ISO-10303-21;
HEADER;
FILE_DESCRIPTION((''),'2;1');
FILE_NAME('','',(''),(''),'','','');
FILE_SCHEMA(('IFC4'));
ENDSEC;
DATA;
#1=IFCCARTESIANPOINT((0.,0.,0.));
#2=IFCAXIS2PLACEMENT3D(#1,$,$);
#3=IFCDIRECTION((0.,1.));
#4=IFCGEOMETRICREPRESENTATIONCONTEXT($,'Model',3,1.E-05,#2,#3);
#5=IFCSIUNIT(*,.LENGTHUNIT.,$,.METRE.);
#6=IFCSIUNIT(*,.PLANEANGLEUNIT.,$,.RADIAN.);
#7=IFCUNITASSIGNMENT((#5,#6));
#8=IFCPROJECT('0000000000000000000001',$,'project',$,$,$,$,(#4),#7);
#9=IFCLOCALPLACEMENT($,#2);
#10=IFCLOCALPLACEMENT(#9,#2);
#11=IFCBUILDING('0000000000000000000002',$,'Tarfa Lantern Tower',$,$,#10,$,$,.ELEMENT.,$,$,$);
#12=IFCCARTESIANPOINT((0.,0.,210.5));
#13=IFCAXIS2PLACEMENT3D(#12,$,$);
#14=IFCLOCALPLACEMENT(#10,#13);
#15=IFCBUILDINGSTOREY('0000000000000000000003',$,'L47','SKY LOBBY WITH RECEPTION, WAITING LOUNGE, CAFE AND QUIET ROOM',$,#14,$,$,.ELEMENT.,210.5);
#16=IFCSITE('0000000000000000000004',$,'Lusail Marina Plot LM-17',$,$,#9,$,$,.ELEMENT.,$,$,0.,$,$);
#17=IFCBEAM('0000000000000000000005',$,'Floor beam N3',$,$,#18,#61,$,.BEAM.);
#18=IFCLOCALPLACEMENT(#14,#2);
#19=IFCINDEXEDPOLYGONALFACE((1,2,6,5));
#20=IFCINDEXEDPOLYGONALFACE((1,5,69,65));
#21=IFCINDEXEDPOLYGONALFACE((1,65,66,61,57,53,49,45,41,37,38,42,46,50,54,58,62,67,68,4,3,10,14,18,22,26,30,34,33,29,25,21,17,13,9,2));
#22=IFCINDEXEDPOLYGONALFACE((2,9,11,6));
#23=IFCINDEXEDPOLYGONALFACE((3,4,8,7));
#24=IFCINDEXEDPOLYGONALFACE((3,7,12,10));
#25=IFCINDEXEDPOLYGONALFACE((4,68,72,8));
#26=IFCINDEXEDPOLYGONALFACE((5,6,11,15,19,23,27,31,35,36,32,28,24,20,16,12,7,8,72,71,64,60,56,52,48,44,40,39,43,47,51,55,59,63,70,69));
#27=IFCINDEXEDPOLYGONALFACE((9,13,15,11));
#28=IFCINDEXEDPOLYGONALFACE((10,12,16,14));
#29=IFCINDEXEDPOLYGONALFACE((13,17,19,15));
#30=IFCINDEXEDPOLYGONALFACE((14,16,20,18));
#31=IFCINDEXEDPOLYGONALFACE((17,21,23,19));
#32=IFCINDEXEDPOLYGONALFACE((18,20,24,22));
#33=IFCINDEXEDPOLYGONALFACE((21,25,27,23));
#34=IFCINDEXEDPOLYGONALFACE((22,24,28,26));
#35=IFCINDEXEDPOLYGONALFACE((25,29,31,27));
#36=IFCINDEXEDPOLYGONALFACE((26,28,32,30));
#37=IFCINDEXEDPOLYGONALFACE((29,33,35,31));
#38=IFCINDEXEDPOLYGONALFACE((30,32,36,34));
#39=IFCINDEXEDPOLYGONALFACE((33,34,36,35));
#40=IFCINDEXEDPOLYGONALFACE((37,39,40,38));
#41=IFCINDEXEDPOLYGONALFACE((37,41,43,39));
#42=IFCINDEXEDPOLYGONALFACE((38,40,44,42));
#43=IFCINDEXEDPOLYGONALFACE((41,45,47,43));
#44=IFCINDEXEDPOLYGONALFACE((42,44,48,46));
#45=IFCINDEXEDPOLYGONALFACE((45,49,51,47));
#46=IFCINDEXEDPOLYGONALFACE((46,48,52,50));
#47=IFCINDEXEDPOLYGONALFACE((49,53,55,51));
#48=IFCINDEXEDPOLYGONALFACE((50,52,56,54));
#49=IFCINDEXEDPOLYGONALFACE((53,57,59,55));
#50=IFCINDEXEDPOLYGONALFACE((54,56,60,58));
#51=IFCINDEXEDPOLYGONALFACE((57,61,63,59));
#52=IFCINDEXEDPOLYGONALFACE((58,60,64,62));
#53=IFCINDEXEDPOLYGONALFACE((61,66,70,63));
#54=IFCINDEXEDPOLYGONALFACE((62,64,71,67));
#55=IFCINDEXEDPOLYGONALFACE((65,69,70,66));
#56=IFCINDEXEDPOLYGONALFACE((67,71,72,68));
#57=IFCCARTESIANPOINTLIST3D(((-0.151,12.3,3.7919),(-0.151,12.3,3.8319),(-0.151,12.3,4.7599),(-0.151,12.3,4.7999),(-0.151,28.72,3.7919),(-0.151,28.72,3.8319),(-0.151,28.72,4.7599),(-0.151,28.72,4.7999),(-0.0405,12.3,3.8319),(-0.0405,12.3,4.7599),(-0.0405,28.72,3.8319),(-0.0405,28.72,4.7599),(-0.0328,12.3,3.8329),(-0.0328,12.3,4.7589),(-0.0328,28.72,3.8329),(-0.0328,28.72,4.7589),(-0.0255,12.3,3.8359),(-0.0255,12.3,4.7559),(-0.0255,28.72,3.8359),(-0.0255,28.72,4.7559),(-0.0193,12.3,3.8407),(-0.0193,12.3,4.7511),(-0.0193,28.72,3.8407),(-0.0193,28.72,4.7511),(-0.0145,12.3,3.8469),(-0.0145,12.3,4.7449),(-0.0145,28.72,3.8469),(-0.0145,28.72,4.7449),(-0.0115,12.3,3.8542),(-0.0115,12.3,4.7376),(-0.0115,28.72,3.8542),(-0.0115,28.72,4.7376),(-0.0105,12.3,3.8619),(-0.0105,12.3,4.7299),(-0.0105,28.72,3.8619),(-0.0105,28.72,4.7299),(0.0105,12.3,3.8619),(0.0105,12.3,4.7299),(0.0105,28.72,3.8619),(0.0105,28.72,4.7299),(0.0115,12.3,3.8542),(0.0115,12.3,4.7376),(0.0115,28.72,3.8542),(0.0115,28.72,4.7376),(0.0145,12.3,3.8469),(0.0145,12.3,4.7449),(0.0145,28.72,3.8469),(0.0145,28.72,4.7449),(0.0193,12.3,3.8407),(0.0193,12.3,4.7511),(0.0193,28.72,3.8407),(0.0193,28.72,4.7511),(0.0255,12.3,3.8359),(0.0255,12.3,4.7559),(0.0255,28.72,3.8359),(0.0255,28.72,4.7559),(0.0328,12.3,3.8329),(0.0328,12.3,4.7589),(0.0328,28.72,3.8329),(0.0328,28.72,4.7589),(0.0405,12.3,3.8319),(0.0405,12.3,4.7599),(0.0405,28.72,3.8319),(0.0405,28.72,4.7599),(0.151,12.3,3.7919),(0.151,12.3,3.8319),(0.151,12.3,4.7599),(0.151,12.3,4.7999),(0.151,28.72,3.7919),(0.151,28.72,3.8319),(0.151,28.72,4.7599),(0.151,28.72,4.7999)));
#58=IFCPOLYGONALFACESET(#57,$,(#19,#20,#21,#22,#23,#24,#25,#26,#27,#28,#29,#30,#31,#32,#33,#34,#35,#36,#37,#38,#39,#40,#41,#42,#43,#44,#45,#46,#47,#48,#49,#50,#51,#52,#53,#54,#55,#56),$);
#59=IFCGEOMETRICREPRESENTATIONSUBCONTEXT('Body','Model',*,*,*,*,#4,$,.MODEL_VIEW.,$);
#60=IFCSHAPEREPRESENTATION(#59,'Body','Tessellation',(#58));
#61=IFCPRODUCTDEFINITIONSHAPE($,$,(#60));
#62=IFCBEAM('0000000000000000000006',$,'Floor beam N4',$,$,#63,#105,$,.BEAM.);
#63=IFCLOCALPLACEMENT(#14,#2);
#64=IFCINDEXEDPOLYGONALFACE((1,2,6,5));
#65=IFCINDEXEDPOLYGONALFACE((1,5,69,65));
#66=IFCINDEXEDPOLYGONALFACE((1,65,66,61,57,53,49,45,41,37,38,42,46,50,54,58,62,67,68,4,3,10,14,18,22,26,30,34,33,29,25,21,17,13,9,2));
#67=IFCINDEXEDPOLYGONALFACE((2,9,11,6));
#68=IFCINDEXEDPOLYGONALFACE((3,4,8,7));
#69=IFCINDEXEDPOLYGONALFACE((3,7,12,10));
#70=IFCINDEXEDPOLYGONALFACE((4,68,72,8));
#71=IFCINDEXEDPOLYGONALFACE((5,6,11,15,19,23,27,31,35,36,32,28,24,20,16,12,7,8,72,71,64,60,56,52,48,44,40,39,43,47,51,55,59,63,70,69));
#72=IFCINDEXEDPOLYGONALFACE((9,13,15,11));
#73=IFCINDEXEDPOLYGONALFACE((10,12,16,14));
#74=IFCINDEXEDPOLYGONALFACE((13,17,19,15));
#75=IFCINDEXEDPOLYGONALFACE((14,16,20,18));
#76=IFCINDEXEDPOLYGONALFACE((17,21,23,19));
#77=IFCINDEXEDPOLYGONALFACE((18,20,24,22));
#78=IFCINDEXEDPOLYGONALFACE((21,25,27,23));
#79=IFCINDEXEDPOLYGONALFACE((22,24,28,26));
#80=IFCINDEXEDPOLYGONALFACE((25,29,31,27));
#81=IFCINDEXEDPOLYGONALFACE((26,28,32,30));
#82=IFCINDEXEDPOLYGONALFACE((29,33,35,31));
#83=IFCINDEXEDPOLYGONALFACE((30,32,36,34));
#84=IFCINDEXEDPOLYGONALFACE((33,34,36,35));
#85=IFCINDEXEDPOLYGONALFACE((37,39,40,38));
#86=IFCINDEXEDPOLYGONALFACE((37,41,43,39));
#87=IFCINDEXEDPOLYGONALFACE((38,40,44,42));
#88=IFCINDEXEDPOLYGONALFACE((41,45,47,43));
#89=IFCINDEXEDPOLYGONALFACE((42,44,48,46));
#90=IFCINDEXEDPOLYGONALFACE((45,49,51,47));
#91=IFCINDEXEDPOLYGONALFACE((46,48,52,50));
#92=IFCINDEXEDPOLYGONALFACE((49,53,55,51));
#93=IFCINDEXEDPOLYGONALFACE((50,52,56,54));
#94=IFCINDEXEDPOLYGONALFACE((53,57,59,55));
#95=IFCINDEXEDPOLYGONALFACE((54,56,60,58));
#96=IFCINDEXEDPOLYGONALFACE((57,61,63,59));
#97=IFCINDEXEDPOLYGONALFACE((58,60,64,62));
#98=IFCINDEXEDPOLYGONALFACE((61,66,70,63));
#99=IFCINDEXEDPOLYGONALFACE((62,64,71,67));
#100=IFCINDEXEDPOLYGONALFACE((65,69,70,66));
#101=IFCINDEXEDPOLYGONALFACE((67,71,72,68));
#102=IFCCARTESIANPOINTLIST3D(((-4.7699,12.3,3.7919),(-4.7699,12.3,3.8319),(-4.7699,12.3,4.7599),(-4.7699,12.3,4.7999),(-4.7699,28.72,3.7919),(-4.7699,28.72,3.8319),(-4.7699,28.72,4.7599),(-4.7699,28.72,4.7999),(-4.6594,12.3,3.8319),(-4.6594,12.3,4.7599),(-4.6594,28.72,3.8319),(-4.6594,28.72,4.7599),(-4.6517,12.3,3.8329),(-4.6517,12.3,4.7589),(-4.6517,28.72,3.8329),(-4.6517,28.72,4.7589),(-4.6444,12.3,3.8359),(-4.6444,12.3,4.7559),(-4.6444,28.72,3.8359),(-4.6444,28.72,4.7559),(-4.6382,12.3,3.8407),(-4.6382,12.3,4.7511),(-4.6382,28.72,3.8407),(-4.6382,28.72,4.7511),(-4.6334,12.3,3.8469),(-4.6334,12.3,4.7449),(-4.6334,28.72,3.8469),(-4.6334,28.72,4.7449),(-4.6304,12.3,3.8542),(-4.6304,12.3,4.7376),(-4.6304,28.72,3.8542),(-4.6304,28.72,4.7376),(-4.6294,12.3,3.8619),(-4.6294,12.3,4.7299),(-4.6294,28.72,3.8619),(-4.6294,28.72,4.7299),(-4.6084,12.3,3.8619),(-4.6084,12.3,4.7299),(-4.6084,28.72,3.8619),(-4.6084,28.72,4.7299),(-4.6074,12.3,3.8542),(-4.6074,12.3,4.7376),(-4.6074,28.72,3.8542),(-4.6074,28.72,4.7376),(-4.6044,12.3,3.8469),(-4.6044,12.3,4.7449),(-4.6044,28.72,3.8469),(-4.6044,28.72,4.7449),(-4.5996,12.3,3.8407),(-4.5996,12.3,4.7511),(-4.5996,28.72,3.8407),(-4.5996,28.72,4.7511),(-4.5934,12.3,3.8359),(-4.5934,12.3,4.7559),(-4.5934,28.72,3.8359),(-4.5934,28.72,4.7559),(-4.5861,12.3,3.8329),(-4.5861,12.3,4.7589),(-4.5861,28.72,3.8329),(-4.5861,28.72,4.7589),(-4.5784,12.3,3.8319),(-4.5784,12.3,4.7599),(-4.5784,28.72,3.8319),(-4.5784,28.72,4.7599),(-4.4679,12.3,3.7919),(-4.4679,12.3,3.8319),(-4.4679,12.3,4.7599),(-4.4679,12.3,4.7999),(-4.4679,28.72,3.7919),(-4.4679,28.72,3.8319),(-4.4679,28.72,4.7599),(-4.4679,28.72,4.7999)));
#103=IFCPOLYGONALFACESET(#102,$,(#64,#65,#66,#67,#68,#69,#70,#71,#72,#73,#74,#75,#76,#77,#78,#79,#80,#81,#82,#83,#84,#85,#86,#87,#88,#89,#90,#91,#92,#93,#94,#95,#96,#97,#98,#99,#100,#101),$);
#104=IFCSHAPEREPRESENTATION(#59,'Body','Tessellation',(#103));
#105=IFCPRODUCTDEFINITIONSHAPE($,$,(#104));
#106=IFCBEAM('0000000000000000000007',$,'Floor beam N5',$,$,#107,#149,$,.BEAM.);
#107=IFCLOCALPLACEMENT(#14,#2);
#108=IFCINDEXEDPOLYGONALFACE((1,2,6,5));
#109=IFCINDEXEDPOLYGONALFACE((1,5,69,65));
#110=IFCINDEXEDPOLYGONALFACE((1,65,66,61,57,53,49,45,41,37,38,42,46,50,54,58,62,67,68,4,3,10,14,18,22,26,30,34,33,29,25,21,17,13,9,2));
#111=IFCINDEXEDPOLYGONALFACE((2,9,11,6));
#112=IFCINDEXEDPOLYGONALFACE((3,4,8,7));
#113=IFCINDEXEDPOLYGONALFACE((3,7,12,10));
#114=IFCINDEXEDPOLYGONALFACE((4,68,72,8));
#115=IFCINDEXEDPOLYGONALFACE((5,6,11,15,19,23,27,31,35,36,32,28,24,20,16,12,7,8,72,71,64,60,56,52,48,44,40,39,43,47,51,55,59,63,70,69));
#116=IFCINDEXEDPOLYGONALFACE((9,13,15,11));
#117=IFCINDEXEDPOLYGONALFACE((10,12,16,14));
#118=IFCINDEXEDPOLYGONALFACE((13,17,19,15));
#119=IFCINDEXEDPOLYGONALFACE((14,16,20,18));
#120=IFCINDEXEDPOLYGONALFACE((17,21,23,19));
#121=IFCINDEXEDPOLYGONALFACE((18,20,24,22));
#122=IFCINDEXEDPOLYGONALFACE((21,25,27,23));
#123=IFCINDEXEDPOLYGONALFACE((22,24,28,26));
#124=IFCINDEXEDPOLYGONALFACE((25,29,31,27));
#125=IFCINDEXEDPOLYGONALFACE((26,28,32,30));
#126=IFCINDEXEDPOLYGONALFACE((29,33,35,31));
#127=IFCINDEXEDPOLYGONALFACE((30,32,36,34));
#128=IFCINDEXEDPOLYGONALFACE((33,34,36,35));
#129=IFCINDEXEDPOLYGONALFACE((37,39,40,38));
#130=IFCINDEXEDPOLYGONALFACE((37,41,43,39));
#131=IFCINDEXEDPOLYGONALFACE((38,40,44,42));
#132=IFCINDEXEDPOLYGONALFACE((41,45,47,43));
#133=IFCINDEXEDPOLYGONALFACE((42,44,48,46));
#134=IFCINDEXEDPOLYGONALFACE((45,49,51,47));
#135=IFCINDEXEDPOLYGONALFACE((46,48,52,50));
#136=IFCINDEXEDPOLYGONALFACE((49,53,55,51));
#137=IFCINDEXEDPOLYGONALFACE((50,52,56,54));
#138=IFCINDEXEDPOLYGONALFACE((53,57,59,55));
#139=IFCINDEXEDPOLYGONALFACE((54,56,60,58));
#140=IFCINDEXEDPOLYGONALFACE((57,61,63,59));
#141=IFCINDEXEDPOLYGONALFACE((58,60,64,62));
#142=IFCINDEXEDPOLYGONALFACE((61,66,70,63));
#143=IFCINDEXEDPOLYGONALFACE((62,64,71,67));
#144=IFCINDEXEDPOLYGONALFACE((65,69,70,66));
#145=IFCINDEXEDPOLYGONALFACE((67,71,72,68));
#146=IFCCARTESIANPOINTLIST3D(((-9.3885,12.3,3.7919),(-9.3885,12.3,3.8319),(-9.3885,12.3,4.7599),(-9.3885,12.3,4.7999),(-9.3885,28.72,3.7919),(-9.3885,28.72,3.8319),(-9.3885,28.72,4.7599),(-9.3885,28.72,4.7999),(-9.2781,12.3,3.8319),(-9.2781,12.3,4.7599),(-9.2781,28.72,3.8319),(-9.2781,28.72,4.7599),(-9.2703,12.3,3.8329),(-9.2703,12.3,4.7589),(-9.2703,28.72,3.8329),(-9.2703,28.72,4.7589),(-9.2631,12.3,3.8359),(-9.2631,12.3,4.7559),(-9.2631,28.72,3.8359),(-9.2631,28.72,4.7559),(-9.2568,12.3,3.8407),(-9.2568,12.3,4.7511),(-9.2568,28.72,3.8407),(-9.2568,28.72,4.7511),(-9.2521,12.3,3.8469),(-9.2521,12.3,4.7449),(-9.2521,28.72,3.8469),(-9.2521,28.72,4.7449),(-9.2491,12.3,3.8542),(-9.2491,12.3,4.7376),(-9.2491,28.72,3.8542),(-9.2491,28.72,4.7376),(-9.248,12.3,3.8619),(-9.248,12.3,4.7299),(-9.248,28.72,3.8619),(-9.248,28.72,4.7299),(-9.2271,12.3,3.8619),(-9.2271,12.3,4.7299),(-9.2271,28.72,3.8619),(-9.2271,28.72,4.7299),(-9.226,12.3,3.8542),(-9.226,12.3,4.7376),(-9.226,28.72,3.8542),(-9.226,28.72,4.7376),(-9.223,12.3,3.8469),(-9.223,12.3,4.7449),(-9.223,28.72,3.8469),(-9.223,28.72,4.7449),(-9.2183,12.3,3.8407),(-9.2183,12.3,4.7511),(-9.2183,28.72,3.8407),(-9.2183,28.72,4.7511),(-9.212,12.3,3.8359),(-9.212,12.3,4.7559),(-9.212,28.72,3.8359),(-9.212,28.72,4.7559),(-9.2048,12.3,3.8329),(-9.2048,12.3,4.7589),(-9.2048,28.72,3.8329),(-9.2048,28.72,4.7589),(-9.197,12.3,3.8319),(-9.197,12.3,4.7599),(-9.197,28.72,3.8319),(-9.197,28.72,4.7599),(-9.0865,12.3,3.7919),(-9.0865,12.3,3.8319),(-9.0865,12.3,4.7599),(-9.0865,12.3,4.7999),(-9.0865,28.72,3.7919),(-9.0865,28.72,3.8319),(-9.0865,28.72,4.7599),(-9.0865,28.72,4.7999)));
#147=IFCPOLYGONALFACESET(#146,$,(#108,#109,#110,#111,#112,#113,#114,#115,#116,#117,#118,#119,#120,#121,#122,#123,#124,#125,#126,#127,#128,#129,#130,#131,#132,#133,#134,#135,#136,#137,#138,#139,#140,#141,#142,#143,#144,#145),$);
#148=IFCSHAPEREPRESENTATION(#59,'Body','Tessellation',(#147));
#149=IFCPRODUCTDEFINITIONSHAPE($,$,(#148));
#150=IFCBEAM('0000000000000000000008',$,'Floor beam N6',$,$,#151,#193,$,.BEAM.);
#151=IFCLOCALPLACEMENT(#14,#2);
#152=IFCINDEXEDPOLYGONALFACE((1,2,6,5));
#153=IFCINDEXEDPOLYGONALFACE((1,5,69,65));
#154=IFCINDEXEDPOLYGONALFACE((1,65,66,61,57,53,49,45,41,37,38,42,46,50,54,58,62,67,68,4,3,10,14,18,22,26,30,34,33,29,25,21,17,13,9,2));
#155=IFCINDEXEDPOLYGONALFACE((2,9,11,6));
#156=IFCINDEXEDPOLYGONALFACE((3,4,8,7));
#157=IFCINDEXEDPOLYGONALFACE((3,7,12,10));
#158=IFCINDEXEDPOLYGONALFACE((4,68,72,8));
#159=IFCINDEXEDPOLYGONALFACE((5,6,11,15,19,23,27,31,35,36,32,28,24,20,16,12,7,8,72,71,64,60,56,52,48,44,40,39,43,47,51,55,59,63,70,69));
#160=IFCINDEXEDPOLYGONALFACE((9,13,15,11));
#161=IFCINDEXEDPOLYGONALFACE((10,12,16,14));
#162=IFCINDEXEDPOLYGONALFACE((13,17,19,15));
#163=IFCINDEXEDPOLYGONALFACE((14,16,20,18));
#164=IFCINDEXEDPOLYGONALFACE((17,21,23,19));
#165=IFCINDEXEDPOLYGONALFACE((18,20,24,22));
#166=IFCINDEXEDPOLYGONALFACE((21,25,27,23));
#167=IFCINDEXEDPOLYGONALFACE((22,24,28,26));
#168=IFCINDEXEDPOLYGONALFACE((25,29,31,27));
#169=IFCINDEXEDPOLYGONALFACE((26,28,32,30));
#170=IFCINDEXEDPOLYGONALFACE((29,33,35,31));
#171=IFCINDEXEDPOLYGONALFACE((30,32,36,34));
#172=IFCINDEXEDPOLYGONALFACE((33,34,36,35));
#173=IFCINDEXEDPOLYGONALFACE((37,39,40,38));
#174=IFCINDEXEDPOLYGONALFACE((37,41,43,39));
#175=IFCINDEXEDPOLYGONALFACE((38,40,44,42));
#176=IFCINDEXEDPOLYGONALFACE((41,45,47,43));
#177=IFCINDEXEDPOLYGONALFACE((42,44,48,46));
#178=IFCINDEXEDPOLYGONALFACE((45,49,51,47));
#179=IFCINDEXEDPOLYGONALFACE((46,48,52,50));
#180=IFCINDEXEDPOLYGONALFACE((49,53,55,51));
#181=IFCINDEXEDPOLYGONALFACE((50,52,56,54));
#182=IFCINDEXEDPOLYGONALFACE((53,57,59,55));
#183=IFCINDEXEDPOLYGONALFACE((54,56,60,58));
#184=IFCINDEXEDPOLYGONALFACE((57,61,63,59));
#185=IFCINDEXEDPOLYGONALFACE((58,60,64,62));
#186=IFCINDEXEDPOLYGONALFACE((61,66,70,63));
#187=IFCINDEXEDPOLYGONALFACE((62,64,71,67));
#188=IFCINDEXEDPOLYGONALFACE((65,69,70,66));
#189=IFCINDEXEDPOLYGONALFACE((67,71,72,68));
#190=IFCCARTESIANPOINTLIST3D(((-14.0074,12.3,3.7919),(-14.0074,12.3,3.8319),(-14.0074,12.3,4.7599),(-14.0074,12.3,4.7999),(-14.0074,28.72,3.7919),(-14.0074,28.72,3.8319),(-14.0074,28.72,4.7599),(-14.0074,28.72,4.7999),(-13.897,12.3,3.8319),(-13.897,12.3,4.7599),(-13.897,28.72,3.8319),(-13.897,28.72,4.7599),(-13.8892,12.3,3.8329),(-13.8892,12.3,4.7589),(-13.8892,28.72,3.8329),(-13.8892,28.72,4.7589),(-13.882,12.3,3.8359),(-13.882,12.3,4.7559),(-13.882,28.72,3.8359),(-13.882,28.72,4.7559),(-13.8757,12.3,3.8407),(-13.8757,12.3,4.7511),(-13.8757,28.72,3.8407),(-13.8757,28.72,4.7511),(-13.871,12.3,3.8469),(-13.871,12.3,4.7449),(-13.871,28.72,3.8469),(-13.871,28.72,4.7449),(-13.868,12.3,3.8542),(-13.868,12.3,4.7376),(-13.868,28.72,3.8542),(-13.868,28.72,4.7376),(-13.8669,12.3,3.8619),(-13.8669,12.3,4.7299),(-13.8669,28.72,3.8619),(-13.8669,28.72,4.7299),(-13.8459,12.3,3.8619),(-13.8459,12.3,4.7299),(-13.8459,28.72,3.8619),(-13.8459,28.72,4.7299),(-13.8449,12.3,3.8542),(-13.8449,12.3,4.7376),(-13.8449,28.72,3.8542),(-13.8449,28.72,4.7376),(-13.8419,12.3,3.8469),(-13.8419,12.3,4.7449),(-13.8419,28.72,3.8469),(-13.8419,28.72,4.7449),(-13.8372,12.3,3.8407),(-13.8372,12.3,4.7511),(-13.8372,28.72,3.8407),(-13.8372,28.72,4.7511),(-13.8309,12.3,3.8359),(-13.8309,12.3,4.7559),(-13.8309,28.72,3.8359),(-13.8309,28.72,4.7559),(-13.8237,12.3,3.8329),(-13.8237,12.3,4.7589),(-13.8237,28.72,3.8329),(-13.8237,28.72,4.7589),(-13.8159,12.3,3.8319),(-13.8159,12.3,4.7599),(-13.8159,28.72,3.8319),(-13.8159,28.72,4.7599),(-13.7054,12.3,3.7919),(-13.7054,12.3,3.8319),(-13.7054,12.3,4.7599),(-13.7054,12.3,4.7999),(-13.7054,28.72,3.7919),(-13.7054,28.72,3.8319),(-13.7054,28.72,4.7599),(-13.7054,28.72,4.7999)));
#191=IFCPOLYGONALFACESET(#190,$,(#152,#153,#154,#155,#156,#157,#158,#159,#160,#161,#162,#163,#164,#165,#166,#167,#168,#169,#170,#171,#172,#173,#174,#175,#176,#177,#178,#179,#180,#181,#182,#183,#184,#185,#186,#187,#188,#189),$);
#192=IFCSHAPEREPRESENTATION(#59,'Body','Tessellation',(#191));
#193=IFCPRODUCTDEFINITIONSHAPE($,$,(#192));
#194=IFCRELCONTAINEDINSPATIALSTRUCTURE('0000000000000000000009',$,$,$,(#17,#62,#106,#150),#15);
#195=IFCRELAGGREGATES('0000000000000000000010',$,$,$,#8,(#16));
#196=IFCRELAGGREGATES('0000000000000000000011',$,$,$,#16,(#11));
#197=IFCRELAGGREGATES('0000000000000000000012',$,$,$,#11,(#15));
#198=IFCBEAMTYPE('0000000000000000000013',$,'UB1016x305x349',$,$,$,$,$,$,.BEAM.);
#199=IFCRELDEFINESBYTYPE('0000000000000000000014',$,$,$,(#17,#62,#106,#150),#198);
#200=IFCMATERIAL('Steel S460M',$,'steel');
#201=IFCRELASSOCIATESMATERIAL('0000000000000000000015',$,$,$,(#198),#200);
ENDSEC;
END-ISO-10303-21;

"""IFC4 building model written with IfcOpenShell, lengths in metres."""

from ifc_helpers import new_model, si_unit, direction, frame, origin, origin_2d, place, context, subcontext, project, spatial, i_section, extrude, material, material_profile, profile_set, type_object, element, save


model = new_model("IFC4")

# Units and contexts
model_context = context("Model", 3, precision=1e-05, world=origin(), true_north=direction((0.0, 1.0)))
body_context = subcontext(model_context, "Body", "Model", "MODEL_VIEW")
ifc_project = project(units=[si_unit("LENGTHUNIT", "METRE"), si_unit("PLANEANGLEUNIT", "RADIAN")], contexts=[model_context])

# Site, building, storey
site_placement = place(None, origin())
site = spatial("IfcSite", under=ifc_project, at=site_placement, Name="Lusail Marina Plot LM-17", CompositionType="ELEMENT", RefElevation=0.0)
building_placement = place(site_placement, origin())
building = spatial("IfcBuilding", under=site, at=building_placement, Name="Tarfa Lantern Tower", CompositionType="ELEMENT")
storey_placement = place(building_placement, frame((0.0, 0.0, 210.5)))
storey = spatial("IfcBuildingStorey", under=building, at=storey_placement, Name="L47", Description="SKY LOBBY WITH RECEPTION, WAITING LOUNGE, CAFE AND QUIET ROOM", CompositionType="ELEMENT", Elevation=210.5)

# Shared definitions
ifc_material_1 = material(Name="Steel S460M", Category="steel")

# Beams
ifc_material_profile_1 = material_profile(ifc_material_1, i_section(OverallWidth=0.302, OverallDepth=1.0081, WebThickness=0.021, FlangeThickness=0.04, FilletRadius=0.03, at=origin_2d()), Name="UB1016x305x349")
ifc_profile_set_1 = profile_set([ifc_material_profile_1], Name="Steel S460M")
beam_type_1 = type_object("IfcBeamType", Name="UB1016x305x349", PredefinedType="BEAM", material=ifc_profile_set_1)
for number, where, z_axis, x_axis, name in (
    (1, (0.0, 28.72, 4.2959), (0.0, -1.0, 0.0), (1.0, 0.0, 0.0), "Floor beam N3"),
    (2, (-4.6189, 28.72, 4.2959), (0.0, -1.0, 0.0), (1.0, 0.0, 0.0), "Floor beam N4"),
    (3, (-9.2375, 28.72, 4.2959), (0.0, -1.0, 0.0), (1.0, 0.0, 0.0), "Floor beam N5"),
    (4, (-13.8564, 28.72, 4.2959), (0.0, -1.0, 0.0), (1.0, 0.0, 0.0), "Floor beam N6"),
):
    element("IfcBeam", number, at=place(storey_placement, frame(where, z_axis=z_axis, x_axis=x_axis)), inside=storey, type_object=beam_type_1, Name=name, PredefinedType="BEAM", context=body_context, shape_type="SweptSolid", body=[
        extrude(i_section(OverallWidth=0.302, OverallDepth=1.0081, WebThickness=0.021, FlangeThickness=0.04, FilletRadius=0.03, at=origin_2d()), origin(), (0.0, 0.0, 1.0), 16.4199),
    ])

save(model, "model.ifc")
